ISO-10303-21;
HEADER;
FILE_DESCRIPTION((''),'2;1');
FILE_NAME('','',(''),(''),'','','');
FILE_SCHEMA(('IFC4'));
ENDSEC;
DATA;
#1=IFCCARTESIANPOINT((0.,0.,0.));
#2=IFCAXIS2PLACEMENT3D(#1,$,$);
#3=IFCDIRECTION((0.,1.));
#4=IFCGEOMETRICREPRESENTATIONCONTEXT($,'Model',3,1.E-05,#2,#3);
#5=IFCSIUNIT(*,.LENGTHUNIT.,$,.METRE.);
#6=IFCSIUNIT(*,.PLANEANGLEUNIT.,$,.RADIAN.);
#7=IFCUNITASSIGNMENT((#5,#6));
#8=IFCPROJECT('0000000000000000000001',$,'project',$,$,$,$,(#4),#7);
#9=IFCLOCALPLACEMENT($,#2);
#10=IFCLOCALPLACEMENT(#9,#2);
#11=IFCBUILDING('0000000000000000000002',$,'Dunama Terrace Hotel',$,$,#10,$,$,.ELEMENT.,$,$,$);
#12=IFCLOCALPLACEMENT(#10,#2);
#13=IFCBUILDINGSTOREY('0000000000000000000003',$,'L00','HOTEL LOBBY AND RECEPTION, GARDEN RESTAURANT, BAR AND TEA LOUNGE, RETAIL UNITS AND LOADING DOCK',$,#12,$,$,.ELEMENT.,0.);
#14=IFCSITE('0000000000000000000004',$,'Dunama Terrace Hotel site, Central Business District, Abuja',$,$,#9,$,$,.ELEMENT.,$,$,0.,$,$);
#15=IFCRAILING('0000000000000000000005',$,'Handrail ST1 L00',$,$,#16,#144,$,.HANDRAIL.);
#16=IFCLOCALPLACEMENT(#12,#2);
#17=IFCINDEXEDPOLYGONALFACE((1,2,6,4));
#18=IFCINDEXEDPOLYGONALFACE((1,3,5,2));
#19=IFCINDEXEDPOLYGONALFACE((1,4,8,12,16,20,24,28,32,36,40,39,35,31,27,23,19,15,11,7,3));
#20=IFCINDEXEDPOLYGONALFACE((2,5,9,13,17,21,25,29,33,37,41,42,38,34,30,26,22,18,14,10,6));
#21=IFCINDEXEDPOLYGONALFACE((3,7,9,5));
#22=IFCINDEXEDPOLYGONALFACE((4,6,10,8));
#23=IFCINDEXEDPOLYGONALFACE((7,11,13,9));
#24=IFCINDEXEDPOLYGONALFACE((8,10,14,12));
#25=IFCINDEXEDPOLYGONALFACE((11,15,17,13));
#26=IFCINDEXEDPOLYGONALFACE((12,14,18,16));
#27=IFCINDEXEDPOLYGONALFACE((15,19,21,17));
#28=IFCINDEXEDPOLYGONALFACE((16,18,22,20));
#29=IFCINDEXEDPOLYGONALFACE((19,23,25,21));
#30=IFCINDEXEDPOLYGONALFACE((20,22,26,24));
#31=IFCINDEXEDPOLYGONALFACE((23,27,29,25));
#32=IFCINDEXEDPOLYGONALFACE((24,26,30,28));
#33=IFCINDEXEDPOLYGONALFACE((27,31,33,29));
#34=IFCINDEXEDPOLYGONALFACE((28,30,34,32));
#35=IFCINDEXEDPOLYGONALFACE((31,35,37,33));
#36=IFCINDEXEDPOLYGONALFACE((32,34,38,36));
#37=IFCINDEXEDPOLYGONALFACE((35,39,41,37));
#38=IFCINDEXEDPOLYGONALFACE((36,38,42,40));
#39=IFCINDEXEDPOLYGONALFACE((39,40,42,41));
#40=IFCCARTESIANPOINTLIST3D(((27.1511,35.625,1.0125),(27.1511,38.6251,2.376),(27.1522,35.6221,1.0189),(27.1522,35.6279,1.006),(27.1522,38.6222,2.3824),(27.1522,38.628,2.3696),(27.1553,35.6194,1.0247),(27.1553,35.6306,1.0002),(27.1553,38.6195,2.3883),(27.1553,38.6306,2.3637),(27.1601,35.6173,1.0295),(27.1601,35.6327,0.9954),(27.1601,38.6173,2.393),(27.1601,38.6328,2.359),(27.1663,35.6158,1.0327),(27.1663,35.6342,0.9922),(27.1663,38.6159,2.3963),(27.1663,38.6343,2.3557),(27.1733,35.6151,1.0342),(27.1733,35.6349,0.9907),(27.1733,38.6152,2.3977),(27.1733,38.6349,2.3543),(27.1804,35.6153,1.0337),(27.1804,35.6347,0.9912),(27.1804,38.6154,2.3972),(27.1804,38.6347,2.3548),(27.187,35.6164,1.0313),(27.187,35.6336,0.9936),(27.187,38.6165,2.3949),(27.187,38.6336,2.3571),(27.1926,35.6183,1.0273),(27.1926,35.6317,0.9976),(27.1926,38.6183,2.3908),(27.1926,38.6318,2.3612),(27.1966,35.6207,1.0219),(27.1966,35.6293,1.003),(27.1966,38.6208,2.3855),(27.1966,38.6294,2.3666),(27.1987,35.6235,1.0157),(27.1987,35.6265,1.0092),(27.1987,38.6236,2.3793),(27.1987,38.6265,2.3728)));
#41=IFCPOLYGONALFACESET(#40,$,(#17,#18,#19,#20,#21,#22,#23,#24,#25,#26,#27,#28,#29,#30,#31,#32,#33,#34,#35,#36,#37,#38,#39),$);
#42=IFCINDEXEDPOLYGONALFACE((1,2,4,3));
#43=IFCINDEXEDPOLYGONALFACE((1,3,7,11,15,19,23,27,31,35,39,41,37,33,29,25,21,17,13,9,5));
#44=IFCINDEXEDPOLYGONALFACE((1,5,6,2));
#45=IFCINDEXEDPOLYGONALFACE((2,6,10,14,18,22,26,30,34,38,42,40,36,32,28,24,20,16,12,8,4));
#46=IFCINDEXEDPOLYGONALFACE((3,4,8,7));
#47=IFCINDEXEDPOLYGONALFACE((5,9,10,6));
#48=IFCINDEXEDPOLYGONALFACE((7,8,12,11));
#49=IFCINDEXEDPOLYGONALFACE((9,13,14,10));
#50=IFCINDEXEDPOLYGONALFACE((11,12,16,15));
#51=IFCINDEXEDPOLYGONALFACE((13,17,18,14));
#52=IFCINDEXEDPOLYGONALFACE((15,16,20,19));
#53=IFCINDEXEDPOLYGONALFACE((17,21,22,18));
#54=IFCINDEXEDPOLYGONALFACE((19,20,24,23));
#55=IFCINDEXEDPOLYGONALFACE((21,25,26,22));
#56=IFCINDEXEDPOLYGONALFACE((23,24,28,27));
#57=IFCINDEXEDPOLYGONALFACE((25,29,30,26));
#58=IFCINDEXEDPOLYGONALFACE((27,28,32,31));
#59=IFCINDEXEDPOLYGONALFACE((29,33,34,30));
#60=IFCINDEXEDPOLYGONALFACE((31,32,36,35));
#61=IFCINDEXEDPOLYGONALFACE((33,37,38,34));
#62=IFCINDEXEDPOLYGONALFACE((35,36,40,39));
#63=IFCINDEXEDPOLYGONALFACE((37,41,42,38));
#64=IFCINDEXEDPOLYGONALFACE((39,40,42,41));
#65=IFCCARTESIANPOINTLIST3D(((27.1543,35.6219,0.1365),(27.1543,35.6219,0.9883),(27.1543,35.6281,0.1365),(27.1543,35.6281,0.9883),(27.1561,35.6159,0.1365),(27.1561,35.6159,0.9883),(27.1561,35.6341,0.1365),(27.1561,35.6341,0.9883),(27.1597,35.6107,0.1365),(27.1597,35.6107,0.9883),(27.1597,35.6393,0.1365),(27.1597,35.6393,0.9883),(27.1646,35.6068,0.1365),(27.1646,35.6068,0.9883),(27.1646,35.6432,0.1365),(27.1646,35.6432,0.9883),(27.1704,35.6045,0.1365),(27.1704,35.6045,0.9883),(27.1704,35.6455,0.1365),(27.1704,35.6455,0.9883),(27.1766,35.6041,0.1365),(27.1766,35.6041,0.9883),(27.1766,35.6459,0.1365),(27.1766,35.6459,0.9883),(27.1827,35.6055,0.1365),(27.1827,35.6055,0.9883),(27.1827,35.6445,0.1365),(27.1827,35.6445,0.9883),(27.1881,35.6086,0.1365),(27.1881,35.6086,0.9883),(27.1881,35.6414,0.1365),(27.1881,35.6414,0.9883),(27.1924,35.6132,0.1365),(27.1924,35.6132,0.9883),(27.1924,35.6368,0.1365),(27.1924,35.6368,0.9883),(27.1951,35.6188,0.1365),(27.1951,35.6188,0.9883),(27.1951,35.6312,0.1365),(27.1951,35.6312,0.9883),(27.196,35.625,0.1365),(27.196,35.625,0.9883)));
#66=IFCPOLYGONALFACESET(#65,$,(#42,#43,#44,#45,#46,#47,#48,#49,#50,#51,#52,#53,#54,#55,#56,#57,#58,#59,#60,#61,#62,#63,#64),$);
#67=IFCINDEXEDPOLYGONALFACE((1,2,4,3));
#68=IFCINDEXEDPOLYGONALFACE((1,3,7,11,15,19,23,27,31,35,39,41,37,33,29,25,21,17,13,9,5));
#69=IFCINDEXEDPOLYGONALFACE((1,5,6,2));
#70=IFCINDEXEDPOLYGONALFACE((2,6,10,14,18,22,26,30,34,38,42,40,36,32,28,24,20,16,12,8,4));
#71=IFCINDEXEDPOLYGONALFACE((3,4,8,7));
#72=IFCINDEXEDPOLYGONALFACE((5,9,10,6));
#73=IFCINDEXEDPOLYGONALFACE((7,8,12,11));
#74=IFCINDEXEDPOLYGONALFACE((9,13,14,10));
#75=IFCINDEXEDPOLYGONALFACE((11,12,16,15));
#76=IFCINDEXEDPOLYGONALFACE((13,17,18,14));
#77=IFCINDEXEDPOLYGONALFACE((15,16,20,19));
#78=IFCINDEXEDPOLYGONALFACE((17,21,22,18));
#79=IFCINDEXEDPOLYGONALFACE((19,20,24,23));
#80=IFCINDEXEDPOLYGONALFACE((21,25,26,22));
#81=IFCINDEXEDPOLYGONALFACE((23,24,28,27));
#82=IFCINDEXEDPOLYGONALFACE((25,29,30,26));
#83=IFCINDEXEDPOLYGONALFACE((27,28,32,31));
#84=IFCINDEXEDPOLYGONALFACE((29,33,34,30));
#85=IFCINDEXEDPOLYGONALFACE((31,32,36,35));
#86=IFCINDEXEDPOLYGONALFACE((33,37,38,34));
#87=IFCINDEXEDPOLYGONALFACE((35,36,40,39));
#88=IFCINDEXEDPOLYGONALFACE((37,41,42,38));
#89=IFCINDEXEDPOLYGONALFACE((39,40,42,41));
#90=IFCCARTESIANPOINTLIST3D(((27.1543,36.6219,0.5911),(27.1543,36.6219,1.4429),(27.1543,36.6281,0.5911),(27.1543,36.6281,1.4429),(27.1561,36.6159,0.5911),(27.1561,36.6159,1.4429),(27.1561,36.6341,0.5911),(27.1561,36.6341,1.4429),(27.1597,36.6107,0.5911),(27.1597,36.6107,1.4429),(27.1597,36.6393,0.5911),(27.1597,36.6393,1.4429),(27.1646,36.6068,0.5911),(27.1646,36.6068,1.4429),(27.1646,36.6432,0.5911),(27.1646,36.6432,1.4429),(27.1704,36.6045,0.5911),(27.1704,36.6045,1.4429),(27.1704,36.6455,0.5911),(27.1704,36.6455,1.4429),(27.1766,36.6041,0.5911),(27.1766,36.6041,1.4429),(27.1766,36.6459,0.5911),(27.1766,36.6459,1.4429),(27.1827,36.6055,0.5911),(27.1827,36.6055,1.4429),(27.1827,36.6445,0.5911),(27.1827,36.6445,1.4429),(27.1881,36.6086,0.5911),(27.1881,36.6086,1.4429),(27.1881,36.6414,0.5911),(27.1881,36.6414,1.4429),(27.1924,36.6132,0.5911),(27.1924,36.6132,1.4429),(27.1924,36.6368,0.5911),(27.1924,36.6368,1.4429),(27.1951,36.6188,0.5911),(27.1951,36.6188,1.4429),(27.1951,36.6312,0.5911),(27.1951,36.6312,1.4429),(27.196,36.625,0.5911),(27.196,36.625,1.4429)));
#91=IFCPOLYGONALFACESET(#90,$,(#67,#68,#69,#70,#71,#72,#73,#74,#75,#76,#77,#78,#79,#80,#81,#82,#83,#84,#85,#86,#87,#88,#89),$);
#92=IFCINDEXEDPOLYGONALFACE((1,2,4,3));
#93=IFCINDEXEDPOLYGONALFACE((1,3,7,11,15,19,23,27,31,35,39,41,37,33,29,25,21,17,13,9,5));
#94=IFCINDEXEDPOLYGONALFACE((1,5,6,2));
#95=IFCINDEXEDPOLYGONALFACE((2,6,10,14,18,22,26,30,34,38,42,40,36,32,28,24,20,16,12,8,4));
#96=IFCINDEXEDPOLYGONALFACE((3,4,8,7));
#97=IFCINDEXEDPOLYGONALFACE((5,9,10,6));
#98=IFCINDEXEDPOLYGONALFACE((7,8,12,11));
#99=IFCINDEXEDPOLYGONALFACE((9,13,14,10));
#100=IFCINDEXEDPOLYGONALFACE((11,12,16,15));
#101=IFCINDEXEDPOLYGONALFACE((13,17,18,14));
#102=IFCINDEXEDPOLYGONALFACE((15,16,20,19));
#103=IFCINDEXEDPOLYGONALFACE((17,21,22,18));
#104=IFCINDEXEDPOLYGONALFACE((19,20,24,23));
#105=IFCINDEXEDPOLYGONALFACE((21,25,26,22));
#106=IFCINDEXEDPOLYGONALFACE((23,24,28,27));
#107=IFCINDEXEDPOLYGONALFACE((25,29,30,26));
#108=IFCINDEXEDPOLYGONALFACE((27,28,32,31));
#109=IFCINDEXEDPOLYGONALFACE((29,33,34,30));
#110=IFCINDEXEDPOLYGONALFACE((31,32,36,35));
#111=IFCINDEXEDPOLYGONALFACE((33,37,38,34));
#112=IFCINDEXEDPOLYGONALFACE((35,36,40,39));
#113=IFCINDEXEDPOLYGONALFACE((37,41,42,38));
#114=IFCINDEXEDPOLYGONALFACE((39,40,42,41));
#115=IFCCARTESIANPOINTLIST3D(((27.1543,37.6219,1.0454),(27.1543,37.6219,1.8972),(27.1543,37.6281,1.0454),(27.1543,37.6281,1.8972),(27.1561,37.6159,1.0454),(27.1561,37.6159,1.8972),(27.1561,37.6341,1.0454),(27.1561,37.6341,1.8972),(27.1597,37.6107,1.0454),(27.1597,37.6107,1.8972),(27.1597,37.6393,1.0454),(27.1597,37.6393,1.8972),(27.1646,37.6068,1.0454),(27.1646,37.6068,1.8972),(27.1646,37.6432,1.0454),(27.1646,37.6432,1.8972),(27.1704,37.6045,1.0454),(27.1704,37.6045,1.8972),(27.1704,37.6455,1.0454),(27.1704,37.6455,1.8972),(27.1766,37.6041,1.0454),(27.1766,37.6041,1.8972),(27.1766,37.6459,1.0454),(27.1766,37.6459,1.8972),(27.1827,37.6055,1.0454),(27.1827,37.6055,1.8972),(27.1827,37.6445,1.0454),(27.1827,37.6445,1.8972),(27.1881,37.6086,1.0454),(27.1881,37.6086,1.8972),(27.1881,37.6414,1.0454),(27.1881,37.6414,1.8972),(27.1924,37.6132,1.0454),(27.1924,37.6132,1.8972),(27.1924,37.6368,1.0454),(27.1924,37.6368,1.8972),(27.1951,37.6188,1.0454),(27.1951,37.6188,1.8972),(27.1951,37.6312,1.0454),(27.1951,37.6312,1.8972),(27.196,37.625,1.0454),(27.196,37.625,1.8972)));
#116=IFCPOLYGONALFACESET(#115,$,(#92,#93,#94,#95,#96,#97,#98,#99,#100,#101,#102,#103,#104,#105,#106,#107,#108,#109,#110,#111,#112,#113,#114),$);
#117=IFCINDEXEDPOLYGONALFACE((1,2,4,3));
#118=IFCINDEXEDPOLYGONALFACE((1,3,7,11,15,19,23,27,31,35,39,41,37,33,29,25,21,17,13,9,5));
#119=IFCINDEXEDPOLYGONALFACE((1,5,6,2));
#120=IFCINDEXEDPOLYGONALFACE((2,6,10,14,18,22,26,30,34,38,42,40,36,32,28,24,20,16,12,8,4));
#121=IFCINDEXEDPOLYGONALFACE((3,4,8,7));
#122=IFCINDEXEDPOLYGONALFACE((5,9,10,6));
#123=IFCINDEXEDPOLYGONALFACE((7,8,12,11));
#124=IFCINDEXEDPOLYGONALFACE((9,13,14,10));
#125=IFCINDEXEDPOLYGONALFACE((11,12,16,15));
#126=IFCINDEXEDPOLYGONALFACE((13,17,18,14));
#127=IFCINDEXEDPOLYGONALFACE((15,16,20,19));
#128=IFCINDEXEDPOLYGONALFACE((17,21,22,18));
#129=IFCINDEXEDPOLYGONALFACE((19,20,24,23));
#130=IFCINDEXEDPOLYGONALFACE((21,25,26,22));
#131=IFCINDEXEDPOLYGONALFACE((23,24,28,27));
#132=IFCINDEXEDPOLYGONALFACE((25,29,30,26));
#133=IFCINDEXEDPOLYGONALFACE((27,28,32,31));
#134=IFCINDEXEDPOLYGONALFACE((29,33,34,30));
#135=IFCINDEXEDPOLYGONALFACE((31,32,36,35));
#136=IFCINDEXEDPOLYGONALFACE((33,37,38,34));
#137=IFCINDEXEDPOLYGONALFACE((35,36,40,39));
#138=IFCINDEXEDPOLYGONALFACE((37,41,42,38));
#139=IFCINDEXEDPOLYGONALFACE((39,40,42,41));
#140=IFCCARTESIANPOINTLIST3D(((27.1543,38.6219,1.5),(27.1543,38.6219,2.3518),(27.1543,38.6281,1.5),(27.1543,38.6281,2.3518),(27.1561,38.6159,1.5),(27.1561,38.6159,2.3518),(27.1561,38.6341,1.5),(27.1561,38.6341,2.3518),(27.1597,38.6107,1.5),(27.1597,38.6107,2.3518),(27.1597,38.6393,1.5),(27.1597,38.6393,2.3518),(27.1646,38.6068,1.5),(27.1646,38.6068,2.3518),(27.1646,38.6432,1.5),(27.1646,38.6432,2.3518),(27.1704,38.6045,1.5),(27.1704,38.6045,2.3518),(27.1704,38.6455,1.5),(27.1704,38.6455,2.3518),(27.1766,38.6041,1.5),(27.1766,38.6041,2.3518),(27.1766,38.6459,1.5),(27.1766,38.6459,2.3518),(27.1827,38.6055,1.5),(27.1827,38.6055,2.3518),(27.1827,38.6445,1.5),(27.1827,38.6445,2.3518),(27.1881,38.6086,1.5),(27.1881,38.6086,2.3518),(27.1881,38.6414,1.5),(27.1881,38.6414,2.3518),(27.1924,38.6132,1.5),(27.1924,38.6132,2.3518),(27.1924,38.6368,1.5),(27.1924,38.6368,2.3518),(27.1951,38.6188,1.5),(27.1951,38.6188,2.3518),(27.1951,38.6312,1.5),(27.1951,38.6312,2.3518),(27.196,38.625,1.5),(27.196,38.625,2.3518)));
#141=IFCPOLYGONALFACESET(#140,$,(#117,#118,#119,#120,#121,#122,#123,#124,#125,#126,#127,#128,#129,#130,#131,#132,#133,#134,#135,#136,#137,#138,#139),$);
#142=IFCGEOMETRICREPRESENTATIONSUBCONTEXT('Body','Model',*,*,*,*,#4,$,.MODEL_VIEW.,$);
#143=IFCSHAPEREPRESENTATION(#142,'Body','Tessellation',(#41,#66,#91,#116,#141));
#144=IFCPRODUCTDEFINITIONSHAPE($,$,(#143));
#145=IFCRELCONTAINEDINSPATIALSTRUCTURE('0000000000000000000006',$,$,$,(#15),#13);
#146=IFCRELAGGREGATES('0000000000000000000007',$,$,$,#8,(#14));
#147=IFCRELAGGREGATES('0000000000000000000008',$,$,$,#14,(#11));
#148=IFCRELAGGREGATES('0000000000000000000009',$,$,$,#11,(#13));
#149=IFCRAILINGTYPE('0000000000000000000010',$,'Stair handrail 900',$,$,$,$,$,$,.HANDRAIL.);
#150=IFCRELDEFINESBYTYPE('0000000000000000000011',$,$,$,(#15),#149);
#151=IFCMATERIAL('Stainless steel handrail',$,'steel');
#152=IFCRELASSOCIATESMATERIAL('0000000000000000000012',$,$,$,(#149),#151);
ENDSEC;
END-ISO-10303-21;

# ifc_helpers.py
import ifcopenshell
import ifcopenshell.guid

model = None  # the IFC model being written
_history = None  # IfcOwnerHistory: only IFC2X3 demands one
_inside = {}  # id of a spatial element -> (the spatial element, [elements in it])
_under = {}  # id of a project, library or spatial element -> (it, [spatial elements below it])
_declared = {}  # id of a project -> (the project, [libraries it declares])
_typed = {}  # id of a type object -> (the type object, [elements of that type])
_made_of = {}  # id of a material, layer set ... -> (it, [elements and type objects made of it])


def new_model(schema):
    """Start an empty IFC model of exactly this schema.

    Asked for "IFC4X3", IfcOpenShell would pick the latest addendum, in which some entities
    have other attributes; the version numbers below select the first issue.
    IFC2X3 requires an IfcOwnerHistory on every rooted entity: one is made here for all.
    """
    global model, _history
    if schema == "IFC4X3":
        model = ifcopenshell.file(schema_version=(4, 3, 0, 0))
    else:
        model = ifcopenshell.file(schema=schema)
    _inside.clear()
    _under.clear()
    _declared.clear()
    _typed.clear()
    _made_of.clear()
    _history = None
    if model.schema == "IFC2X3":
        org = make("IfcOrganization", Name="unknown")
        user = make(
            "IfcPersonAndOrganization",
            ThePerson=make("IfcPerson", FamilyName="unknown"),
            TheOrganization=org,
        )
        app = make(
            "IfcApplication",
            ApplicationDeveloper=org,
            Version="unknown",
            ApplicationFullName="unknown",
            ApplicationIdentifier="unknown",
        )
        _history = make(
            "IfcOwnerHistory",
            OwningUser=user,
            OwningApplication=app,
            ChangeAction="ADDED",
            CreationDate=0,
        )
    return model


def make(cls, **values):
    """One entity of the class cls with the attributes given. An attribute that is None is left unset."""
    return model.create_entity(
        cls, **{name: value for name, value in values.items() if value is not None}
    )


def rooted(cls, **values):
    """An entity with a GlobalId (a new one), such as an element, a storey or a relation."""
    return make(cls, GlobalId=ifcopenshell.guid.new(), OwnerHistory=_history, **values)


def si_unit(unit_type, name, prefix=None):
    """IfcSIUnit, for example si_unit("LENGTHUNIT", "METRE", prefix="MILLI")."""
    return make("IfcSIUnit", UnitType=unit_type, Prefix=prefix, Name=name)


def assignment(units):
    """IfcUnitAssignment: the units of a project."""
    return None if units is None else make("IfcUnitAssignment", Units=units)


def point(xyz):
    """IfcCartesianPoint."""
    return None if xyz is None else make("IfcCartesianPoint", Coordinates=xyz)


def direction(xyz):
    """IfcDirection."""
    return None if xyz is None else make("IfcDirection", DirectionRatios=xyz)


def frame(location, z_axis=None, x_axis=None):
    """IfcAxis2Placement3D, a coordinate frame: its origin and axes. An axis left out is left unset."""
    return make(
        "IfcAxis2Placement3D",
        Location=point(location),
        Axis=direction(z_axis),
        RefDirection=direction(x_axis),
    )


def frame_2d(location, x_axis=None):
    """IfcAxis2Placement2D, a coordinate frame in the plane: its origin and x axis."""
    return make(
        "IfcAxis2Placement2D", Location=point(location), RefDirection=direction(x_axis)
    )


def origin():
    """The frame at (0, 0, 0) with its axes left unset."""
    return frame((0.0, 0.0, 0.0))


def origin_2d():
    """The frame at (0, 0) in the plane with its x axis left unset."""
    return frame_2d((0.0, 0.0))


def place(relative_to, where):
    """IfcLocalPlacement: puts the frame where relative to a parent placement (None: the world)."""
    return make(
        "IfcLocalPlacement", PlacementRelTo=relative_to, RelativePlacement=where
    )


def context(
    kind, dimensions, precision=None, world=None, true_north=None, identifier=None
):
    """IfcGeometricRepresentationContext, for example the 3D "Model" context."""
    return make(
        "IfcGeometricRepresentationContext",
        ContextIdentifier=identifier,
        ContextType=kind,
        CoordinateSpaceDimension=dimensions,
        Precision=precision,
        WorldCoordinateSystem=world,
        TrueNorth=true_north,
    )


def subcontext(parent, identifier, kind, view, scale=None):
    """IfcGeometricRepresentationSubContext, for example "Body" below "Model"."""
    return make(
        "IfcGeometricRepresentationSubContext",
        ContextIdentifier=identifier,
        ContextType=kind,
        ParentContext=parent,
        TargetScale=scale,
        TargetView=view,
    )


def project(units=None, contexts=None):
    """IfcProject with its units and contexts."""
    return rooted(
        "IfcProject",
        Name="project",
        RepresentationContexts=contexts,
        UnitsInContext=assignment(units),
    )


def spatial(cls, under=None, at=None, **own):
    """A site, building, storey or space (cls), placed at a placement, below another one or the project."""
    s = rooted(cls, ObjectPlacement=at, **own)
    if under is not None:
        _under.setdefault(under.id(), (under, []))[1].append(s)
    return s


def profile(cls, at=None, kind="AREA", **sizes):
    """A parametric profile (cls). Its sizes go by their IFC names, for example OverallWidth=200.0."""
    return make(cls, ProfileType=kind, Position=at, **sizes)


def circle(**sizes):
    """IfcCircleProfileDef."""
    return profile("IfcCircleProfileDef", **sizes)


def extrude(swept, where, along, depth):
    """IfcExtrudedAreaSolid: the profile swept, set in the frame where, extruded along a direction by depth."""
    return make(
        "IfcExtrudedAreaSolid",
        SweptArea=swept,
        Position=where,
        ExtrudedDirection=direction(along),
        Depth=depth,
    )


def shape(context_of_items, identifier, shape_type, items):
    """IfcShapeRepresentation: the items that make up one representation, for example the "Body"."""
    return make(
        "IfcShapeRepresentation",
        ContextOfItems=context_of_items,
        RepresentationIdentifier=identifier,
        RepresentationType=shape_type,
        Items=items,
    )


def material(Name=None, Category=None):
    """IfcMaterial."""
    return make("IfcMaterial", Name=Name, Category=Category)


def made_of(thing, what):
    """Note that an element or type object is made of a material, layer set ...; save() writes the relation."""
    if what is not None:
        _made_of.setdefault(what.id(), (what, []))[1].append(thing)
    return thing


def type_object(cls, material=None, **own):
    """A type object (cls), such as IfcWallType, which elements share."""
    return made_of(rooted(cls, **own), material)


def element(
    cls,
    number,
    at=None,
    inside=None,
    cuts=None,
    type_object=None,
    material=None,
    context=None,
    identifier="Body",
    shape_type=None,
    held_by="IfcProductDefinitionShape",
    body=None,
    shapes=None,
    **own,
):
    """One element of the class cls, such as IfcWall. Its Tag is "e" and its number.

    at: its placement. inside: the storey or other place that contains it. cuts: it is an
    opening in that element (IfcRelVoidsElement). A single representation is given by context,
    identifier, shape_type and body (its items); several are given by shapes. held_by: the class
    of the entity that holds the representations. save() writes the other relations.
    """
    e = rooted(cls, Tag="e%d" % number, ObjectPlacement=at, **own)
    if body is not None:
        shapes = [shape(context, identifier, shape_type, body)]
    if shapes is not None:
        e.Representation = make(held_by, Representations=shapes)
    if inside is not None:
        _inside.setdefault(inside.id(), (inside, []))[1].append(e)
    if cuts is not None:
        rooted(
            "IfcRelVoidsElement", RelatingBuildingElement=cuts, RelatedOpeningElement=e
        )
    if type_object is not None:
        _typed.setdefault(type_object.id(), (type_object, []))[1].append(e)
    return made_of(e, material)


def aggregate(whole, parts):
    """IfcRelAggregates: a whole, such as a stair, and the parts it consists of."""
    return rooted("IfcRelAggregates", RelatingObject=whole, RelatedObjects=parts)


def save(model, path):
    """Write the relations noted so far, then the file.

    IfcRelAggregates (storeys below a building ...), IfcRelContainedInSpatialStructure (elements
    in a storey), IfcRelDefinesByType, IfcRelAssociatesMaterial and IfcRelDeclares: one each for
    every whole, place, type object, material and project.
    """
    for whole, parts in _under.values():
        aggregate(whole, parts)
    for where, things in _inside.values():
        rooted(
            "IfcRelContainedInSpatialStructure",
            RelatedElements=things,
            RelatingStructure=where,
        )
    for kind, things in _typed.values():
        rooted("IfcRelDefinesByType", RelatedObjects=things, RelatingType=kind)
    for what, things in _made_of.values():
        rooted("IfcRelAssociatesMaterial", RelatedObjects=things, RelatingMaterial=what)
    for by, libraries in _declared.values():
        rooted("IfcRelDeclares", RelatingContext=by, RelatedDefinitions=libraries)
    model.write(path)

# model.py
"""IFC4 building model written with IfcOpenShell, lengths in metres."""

from ifc_helpers import new_model, si_unit, direction, frame, origin, origin_2d, place, context, subcontext, project, spatial, circle, extrude, material, type_object, element, save


model = new_model("IFC4")

# Units and contexts
model_context = context("Model", 3, precision=1e-05, world=origin(), true_north=direction((0.0, 1.0)))
body_context = subcontext(model_context, "Body", "Model", "MODEL_VIEW")
ifc_project = project(units=[si_unit("LENGTHUNIT", "METRE"), si_unit("PLANEANGLEUNIT", "RADIAN")], contexts=[model_context])

# Site, building, storey
site_placement = place(None, origin())
site = spatial("IfcSite", under=ifc_project, at=site_placement, Name="Dunama Terrace Hotel site, Central Business District, Abuja", CompositionType="ELEMENT", RefElevation=0.0)
building_placement = place(site_placement, origin())
building = spatial("IfcBuilding", under=site, at=building_placement, Name="Dunama Terrace Hotel", CompositionType="ELEMENT")
storey_placement = place(building_placement, origin())
storey = spatial("IfcBuildingStorey", under=building, at=storey_placement, Name="L00", Description="HOTEL LOBBY AND RECEPTION, GARDEN RESTAURANT, BAR AND TEA LOUNGE, RETAIL UNITS AND LOADING DOCK", CompositionType="ELEMENT", Elevation=0.0)

# Railing
ifc_material_1 = material(Name="Stainless steel handrail", Category="steel")
railing_type = type_object("IfcRailingType", Name="Stair handrail 900", PredefinedType="HANDRAIL", material=ifc_material_1)
railing_1_placement = place(storey_placement, frame((27.175, 35.625, 0.1365)))
element("IfcRailing", 1, at=railing_1_placement, inside=storey, type_object=railing_type, Name="Handrail ST1 L00", PredefinedType="HANDRAIL", context=body_context, shape_type="SweptSolid", body=[
    extrude(circle(Radius=0.0239, at=origin_2d()), frame((0.0, 0.0, 0.876), z_axis=(0.0, 0.910379, 0.413775), x_axis=(-1.0, 0.0, 0.0)), (0.0, 0.0, 1.0), 3.2954),
    extrude(circle(Radius=0.021, at=origin_2d()), origin(), (0.0, 0.0, 1.0), 0.8518),
    extrude(circle(Radius=0.021, at=origin_2d()), frame((0.0, 1.0, 0.4546)), (0.0, 0.0, 1.0), 0.8518),
    extrude(circle(Radius=0.021, at=origin_2d()), frame((0.0, 2.0, 0.9089)), (0.0, 0.0, 1.0), 0.8518),
    extrude(circle(Radius=0.021, at=origin_2d()), frame((0.0, 3.0, 1.3635)), (0.0, 0.0, 1.0), 0.8518),
])

save(model, "model.ifc")
